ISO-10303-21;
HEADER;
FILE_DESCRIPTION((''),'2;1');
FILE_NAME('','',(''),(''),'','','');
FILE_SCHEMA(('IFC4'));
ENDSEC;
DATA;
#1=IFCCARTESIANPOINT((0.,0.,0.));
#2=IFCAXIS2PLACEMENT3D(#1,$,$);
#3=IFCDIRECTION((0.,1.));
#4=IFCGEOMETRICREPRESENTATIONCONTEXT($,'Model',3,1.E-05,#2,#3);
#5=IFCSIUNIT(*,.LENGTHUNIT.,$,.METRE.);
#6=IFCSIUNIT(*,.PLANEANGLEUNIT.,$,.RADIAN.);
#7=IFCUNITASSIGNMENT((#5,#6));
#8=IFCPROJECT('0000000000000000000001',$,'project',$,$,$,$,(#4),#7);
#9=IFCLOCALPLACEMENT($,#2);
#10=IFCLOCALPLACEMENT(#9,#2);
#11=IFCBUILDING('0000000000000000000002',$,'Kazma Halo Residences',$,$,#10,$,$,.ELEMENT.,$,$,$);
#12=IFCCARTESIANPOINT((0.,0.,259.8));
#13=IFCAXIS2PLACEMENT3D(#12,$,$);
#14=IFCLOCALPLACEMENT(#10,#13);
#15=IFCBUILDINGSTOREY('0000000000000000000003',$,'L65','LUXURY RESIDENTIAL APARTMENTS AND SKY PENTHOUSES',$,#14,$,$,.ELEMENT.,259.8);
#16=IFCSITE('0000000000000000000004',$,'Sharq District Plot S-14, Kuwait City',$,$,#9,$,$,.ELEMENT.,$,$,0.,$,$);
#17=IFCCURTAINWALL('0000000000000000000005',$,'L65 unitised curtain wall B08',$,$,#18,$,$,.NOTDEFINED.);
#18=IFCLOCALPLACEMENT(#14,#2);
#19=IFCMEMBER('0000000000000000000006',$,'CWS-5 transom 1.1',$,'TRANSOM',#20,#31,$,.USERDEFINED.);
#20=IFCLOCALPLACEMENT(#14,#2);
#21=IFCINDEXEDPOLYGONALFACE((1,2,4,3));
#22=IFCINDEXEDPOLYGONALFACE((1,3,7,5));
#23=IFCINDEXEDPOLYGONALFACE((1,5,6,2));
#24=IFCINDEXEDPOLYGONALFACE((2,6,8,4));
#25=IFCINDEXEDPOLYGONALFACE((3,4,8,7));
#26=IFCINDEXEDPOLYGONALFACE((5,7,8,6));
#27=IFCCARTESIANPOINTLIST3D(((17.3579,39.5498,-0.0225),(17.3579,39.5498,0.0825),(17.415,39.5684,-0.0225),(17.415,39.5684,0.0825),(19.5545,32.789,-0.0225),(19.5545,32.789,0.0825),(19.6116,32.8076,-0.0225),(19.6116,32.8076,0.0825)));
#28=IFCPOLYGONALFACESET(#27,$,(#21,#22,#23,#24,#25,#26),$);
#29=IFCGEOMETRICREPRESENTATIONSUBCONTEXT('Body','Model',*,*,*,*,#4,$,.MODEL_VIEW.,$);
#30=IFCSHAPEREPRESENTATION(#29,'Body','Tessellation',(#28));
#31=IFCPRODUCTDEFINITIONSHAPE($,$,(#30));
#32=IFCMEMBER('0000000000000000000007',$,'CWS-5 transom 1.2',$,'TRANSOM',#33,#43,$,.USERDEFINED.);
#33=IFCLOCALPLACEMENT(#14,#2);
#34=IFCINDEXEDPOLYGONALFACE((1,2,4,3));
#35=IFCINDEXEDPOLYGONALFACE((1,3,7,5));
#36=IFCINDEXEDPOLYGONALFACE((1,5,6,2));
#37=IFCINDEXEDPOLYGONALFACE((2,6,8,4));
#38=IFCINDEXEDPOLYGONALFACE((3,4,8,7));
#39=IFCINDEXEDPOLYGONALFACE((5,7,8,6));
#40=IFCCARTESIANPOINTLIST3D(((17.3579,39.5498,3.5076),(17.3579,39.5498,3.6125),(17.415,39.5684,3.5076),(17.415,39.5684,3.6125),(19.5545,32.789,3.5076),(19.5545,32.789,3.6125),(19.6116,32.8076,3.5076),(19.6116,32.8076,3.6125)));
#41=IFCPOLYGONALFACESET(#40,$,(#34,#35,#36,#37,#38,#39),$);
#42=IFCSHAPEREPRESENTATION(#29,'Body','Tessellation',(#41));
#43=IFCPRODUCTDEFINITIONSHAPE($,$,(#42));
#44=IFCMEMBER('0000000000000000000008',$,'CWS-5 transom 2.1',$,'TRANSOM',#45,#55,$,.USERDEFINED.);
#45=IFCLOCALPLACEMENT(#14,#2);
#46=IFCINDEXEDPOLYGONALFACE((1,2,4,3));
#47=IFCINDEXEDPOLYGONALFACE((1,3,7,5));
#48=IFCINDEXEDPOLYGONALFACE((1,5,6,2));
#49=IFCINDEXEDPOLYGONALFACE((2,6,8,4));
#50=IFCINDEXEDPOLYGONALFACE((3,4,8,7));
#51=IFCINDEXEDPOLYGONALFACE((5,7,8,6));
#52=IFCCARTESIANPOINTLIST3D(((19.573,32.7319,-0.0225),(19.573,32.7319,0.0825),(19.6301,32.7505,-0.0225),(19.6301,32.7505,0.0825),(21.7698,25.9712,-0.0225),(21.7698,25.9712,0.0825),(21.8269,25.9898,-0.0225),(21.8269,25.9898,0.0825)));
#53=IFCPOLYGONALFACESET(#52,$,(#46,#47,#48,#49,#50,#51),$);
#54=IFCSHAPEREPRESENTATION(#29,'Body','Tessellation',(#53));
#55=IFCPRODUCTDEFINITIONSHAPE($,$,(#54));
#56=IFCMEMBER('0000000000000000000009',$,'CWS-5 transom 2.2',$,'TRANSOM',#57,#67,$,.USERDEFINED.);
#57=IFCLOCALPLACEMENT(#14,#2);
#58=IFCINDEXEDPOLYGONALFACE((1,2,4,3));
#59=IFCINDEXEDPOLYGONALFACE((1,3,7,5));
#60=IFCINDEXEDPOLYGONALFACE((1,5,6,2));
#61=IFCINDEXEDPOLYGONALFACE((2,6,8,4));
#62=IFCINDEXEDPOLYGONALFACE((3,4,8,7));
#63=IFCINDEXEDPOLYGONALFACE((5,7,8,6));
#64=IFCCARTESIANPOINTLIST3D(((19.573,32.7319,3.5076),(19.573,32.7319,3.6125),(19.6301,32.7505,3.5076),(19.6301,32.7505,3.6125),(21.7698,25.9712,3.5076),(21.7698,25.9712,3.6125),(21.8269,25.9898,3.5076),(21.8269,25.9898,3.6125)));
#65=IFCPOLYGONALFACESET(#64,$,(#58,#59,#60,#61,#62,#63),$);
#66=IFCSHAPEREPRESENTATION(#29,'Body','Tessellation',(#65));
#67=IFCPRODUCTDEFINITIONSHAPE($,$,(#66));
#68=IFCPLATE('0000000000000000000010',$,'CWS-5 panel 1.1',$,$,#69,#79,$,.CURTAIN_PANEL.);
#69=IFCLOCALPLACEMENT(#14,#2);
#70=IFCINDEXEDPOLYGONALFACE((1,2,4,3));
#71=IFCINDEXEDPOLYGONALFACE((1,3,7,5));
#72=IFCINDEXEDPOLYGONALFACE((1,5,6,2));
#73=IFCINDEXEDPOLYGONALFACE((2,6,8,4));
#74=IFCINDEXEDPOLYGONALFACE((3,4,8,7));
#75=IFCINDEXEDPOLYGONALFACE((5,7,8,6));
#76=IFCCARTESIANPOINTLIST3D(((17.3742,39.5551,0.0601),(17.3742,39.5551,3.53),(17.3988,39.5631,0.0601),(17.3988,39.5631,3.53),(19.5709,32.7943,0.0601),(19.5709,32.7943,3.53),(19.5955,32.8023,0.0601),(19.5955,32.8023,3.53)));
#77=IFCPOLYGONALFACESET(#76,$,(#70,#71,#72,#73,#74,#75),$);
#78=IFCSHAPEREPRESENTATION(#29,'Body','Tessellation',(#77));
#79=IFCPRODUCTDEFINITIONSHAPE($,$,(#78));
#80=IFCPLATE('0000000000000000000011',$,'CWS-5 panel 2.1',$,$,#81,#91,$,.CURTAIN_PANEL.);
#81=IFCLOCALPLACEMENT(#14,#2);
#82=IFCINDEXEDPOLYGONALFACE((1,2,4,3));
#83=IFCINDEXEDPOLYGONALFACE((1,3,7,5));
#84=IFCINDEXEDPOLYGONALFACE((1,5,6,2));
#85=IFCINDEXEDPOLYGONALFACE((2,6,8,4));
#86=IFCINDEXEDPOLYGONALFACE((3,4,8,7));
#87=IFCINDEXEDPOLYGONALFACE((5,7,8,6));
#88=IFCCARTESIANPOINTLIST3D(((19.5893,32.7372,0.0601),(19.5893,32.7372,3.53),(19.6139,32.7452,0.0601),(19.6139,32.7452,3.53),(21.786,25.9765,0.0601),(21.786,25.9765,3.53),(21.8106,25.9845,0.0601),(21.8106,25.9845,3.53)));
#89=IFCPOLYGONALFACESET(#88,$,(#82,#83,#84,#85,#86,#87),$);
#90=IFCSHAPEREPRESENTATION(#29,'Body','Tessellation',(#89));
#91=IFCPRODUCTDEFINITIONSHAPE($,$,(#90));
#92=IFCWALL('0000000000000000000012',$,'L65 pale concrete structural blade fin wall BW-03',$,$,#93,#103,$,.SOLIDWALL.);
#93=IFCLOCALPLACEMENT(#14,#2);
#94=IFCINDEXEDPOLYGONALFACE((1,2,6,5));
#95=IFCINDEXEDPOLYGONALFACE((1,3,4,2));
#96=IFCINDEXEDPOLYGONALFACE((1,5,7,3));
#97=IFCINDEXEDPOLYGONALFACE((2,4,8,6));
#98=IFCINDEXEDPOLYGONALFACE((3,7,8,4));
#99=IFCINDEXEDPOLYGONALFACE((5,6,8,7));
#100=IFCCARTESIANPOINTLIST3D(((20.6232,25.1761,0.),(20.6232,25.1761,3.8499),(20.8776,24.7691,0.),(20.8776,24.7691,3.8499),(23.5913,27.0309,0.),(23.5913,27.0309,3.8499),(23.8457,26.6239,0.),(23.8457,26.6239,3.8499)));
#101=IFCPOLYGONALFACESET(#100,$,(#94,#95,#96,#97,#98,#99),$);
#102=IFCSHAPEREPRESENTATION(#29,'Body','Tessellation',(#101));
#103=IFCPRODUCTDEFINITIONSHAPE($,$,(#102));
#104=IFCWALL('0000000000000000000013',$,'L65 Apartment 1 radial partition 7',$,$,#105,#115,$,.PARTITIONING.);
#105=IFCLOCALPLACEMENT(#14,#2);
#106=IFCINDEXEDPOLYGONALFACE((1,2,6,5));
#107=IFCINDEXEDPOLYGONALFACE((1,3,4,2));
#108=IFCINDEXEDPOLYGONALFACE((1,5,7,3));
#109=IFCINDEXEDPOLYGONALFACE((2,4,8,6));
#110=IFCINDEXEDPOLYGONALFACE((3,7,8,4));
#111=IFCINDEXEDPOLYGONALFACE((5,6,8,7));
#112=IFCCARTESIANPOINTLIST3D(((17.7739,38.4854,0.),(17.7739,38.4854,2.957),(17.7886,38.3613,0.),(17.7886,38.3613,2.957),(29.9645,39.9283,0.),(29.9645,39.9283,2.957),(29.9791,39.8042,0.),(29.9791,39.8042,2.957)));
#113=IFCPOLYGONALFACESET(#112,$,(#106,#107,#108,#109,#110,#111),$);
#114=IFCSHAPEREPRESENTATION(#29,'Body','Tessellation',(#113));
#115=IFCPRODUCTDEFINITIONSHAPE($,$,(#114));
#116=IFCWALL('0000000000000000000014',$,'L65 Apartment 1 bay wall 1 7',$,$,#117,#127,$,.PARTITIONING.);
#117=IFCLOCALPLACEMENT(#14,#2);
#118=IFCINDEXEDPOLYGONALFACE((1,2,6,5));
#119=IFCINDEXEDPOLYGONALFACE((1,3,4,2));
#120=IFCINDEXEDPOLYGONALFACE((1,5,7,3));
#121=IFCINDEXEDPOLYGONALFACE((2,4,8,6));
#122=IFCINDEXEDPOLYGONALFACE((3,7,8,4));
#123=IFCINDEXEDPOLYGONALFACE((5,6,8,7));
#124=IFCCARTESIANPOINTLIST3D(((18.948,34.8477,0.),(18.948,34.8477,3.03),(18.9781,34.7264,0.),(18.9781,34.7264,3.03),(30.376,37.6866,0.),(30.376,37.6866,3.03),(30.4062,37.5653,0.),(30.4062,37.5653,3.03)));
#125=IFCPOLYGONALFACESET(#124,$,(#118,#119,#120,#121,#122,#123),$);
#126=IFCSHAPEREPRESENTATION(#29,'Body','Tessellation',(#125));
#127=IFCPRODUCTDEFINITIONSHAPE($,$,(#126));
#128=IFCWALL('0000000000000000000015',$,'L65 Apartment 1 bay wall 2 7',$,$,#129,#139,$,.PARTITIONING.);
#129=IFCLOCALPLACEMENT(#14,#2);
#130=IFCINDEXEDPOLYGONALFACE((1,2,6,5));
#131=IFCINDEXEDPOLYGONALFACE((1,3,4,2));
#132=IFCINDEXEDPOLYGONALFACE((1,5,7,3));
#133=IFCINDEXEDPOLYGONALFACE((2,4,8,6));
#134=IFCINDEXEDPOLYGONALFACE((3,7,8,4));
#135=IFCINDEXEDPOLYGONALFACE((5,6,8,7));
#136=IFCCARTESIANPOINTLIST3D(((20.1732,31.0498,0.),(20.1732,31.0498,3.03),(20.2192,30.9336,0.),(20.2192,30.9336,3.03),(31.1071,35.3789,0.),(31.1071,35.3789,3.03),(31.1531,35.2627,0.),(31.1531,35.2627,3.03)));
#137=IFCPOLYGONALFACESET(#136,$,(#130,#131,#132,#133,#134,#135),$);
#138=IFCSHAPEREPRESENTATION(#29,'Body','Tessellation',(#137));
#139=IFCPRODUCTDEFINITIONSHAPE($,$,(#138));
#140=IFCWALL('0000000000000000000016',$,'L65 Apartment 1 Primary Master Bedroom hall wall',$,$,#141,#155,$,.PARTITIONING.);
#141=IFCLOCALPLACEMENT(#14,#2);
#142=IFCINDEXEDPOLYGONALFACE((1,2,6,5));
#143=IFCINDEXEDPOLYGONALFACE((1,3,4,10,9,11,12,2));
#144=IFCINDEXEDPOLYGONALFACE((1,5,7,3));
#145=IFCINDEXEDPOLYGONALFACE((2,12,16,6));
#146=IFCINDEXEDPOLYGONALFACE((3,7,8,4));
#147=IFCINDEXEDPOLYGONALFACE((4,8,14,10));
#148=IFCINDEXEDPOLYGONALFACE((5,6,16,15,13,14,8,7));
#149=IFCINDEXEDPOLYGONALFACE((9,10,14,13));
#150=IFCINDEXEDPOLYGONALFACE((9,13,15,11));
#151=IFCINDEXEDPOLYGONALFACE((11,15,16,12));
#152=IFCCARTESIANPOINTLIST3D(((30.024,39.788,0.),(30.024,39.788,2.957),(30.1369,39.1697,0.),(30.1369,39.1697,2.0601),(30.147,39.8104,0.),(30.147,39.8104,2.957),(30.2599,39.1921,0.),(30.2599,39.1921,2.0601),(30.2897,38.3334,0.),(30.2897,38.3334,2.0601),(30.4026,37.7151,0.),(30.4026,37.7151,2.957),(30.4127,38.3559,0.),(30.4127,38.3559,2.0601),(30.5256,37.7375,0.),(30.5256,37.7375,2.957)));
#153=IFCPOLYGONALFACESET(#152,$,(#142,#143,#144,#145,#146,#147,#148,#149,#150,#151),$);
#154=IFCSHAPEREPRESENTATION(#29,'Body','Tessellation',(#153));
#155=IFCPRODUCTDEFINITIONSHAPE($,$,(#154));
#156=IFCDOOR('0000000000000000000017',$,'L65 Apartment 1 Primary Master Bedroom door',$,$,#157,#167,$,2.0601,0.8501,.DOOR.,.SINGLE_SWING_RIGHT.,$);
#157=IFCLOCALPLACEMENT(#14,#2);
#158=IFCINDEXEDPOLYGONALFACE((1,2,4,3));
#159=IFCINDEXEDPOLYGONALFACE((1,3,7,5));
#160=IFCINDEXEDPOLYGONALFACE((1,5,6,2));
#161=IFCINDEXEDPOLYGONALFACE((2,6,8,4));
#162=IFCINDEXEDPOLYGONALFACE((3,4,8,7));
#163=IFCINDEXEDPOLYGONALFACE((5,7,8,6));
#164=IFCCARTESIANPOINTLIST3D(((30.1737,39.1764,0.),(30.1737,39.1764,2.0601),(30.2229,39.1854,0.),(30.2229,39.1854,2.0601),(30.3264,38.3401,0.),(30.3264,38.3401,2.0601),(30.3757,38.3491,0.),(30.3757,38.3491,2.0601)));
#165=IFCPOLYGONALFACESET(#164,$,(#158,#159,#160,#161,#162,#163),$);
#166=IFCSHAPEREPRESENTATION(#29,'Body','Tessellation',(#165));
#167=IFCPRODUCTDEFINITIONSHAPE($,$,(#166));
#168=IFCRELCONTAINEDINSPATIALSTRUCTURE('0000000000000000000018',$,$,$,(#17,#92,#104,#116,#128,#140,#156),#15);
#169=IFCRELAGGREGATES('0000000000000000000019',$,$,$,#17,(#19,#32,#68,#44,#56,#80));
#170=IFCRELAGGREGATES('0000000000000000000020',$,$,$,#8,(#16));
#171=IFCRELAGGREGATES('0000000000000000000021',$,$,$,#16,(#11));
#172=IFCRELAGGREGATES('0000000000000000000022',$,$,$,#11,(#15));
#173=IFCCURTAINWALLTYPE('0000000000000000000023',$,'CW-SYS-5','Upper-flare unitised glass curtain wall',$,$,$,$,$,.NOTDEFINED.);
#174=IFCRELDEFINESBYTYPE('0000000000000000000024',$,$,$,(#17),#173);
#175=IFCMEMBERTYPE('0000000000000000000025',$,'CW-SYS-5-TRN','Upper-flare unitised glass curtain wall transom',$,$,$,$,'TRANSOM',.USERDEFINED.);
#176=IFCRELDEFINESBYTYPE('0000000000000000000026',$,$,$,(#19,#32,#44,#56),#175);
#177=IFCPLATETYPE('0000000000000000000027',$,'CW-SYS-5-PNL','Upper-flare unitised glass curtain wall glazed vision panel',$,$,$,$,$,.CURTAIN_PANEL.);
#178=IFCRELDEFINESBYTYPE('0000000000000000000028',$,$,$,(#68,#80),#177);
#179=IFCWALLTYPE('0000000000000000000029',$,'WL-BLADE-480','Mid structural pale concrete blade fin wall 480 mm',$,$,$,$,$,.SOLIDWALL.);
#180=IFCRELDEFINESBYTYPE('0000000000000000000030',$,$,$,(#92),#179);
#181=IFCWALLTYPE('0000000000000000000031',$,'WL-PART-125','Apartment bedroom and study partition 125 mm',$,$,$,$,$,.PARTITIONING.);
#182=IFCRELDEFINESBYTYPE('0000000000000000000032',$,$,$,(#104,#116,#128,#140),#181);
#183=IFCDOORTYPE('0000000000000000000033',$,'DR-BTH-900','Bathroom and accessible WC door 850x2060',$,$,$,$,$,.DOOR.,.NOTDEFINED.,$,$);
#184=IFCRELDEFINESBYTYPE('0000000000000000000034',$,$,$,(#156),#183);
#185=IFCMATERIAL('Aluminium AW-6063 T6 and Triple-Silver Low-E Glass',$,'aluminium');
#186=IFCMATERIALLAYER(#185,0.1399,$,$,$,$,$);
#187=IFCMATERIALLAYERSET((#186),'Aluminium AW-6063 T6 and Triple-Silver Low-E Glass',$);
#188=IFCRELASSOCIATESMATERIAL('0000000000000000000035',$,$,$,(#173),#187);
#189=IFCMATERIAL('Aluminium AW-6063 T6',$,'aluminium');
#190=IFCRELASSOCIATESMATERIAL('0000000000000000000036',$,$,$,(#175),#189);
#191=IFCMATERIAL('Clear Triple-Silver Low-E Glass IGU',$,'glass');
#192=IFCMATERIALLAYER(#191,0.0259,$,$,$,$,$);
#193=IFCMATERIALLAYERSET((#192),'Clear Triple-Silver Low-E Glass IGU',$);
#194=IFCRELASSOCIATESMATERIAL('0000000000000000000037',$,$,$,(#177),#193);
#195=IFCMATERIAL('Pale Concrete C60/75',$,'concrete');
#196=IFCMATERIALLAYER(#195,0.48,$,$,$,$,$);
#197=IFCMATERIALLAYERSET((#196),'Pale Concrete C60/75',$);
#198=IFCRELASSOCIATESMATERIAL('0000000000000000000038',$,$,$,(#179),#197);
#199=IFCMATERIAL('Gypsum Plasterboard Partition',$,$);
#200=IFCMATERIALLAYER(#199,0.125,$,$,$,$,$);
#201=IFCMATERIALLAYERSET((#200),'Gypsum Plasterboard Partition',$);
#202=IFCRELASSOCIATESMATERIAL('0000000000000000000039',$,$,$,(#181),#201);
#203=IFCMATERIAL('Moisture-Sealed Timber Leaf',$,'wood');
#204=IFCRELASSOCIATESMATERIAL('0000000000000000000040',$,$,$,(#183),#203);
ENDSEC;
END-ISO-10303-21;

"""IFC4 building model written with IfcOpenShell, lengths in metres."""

from ifc_helpers import new_model, si_unit, direction, frame, frame_2d, origin, origin_2d, place, context, subcontext, project, spatial, rectangle, extrude, material, layer, layer_set, material_profile, profile_set, type_object, element, fill, aggregate, save


model = new_model("IFC4")

# Units and contexts
model_context = context("Model", 3, precision=1e-05, world=origin(), true_north=direction((0.0, 1.0)))
body_context = subcontext(model_context, "Body", "Model", "MODEL_VIEW")
ifc_project = project(units=[si_unit("LENGTHUNIT", "METRE"), si_unit("PLANEANGLEUNIT", "RADIAN")], contexts=[model_context])

# Site, building, storey
site_placement = place(None, origin())
site = spatial("IfcSite", under=ifc_project, at=site_placement, Name="Sharq District Plot S-14, Kuwait City", CompositionType="ELEMENT", RefElevation=0.0)
building_placement = place(site_placement, origin())
building = spatial("IfcBuilding", under=site, at=building_placement, Name="Kazma Halo Residences", CompositionType="ELEMENT")
storey_placement = place(building_placement, frame((0.0, 0.0, 259.8)))
storey = spatial("IfcBuildingStorey", under=building, at=storey_placement, Name="L65", Description="LUXURY RESIDENTIAL APARTMENTS AND SKY PENTHOUSES", CompositionType="ELEMENT", Elevation=259.8)

# Curtain wall, members, plates
ifc_material_1 = material(Name="Aluminium AW-6063 T6 and Triple-Silver Low-E Glass", Category="aluminium")
ifc_layer_1 = layer(ifc_material_1, 0.1399)
ifc_layer_set_1 = layer_set([ifc_layer_1], Name="Aluminium AW-6063 T6 and Triple-Silver Low-E Glass")
curtain_wall_type = type_object("IfcCurtainWallType", Name="CW-SYS-5", Description="Upper-flare unitised glass curtain wall", PredefinedType="NOTDEFINED", material=ifc_layer_set_1)
curtain_wall_placement = place(storey_placement, origin())
curtain_wall = element("IfcCurtainWall", 1, at=curtain_wall_placement, inside=storey, type_object=curtain_wall_type, Name="L65 unitised curtain wall B08", PredefinedType="NOTDEFINED")
ifc_material_2 = material(Name="Aluminium AW-6063 T6", Category="aluminium")
ifc_material_profile_1 = material_profile(ifc_material_2, rectangle(XDim=0.0601, YDim=0.105, at=origin_2d()), Name="CWT-60x105")
ifc_profile_set_1 = profile_set([ifc_material_profile_1], Name="Aluminium AW-6063 T6")
member_type_1 = type_object("IfcMemberType", Name="CW-SYS-5-TRN", Description="Upper-flare unitised glass curtain wall transom", ElementType="TRANSOM", PredefinedType="USERDEFINED", material=ifc_profile_set_1)
member_1_placement = place(storey_placement, frame((17.3865, 39.5591, 0.03), z_axis=(0.308996, -0.951063, 0.0), x_axis=(0.951063, 0.308996, 0.0)))
member_1 = element("IfcMember", 2, at=member_1_placement, type_object=member_type_1, Name="CWS-5 transom 1.1", ObjectType="TRANSOM", PredefinedType="USERDEFINED", context=body_context, shape_type="SweptSolid", body=[
    extrude(rectangle(XDim=0.0601, YDim=0.105, at=origin_2d()), origin(), (0.0, 0.0, 1.0), 7.1086),
])
member_2_placement = place(storey_placement, frame((17.3865, 39.5591, 3.5601), z_axis=(0.308996, -0.951063, 0.0), x_axis=(0.951063, 0.308996, 0.0)))
member_2 = element("IfcMember", 3, at=member_2_placement, type_object=member_type_1, Name="CWS-5 transom 1.2", ObjectType="TRANSOM", PredefinedType="USERDEFINED", context=body_context, shape_type="SweptSolid", body=[
    extrude(rectangle(XDim=0.0601, YDim=0.105, at=origin_2d()), origin(), (0.0, 0.0, 1.0), 7.1086),
])
member_3_placement = place(storey_placement, frame((19.6016, 32.7412, 0.03), z_axis=(0.309027, -0.951053, 0.0), x_axis=(0.951053, 0.309027, 0.0)))
member_3 = element("IfcMember", 4, at=member_3_placement, type_object=member_type_1, Name="CWS-5 transom 2.1", ObjectType="TRANSOM", PredefinedType="USERDEFINED", context=body_context, shape_type="SweptSolid", body=[
    extrude(rectangle(XDim=0.0601, YDim=0.105, at=origin_2d()), origin(), (0.0, 0.0, 1.0), 7.1086),
])
member_4_placement = place(storey_placement, frame((19.6016, 32.7412, 3.5601), z_axis=(0.309027, -0.951053, 0.0), x_axis=(0.951053, 0.309027, 0.0)))
member_4 = element("IfcMember", 5, at=member_4_placement, type_object=member_type_1, Name="CWS-5 transom 2.2", ObjectType="TRANSOM", PredefinedType="USERDEFINED", context=body_context, shape_type="SweptSolid", body=[
    extrude(rectangle(XDim=0.0601, YDim=0.105, at=origin_2d()), origin(), (0.0, 0.0, 1.0), 7.1086),
])
ifc_material_3 = material(Name="Clear Triple-Silver Low-E Glass IGU", Category="glass")
ifc_layer_2 = layer(ifc_material_3, 0.0259)
ifc_layer_set_2 = layer_set([ifc_layer_2], Name="Clear Triple-Silver Low-E Glass IGU")
plate_type = type_object("IfcPlateType", Name="CW-SYS-5-PNL", Description="Upper-flare unitised glass curtain wall glazed vision panel", PredefinedType="CURTAIN_PANEL", material=ifc_layer_set_2)
plate_1_placement = place(storey_placement, frame((18.4849, 36.1787, 0.0601), z_axis=(0.0, 0.0, 1.0), x_axis=(0.309011, -0.951058, 0.0)))
plate_1 = element("IfcPlate", 6, at=plate_1_placement, type_object=plate_type, Name="CWS-5 panel 1.1", PredefinedType="CURTAIN_PANEL", context=body_context, shape_type="SweptSolid", body=[
    extrude(rectangle(XDim=7.1086, YDim=0.0259, at=origin_2d()), origin(), (0.0, 0.0, 1.0), 3.47),
])
plate_2_placement = place(storey_placement, frame((20.7, 29.3608, 0.0601), z_axis=(0.0, 0.0, 1.0), x_axis=(0.309011, -0.951058, 0.0)))
plate_2 = element("IfcPlate", 7, at=plate_2_placement, type_object=plate_type, Name="CWS-5 panel 2.1", PredefinedType="CURTAIN_PANEL", context=body_context, shape_type="SweptSolid", body=[
    extrude(rectangle(XDim=7.1086, YDim=0.0259, at=origin_2d()), origin(), (0.0, 0.0, 1.0), 3.47),
])
aggregate(curtain_wall, [member_1, member_2, plate_1, member_3, member_4, plate_2])

# Walls
ifc_material_4 = material(Name="Pale Concrete C60/75", Category="concrete")
ifc_layer_3 = layer(ifc_material_4, 0.48)
ifc_layer_set_3 = layer_set([ifc_layer_3], Name="Pale Concrete C60/75")
wall_type_1 = type_object("IfcWallType", Name="WL-BLADE-480", Description="Mid structural pale concrete blade fin wall 480 mm", PredefinedType="SOLIDWALL", material=ifc_layer_set_3)
wall_1_placement = place(storey_placement, frame((23.7185, 26.8274, 0.0), z_axis=(0.0, 0.0, 1.0), x_axis=(-0.848034, -0.529943, 0.0)))
element("IfcWall", 8, at=wall_1_placement, inside=storey, type_object=wall_type_1, Name="L65 pale concrete structural blade fin wall BW-03", PredefinedType="SOLIDWALL", context=body_context, shape_type="SweptSolid", body=[
    extrude(rectangle(XDim=3.5, YDim=0.48, at=frame_2d((1.75, 0.0))), origin(), (0.0, 0.0, 1.0), 3.8499),
])
ifc_material_5 = material(Name="Gypsum Plasterboard Partition")
ifc_layer_4 = layer(ifc_material_5, 0.125)
ifc_layer_set_4 = layer_set([ifc_layer_4], Name="Gypsum Plasterboard Partition")
wall_type_2 = type_object("IfcWallType", Name="WL-PART-125", Description="Apartment bedroom and study partition 125 mm", PredefinedType="PARTITIONING", material=ifc_layer_set_4)
wall_2_placement = place(storey_placement, frame((29.9717, 39.8662, 0.0), z_axis=(0.0, 0.0, 1.0), x_axis=(-0.993068, -0.117541, 0.0)))
element("IfcWall", 9, at=wall_2_placement, inside=storey, type_object=wall_type_2, Name="L65 Apartment 1 radial partition 7", PredefinedType="PARTITIONING", context=body_context, shape_type="SweptSolid", body=[
    extrude(rectangle(XDim=12.2756, YDim=0.125, at=frame_2d((6.1377, 0.0))), origin(), (0.0, 0.0, 1.0), 2.957),
])
wall_3_placement = place(storey_placement, frame((30.3911, 37.626, 0.0), z_axis=(0.0, 0.0, 1.0), x_axis=(-0.970504, -0.241086, 0.0)))
element("IfcWall", 10, at=wall_3_placement, inside=storey, type_object=wall_type_2, Name="L65 Apartment 1 bay wall 1 7", PredefinedType="PARTITIONING", context=body_context, shape_type="SweptSolid", body=[
    extrude(rectangle(XDim=11.7754, YDim=0.125, at=frame_2d((5.8877, 0.0))), origin(), (0.0, 0.0, 1.0), 3.03),
])
wall_4_placement = place(storey_placement, frame((31.1301, 35.3208, 0.0), z_axis=(0.0, 0.0, 1.0), x_axis=(-0.929774, -0.368131, 0.0)))
element("IfcWall", 11, at=wall_4_placement, inside=storey, type_object=wall_type_2, Name="L65 Apartment 1 bay wall 2 7", PredefinedType="PARTITIONING", context=body_context, shape_type="SweptSolid", body=[
    extrude(rectangle(XDim=11.7598, YDim=0.125, at=frame_2d((5.8799, 0.0))), origin(), (0.0, 0.0, 1.0), 3.03),
])

# Wall, opening, door
wall_5_placement = place(storey_placement, frame((30.0854, 39.7993, 0.0), z_axis=(0.0, 0.0, 1.0), x_axis=(0.179691, -0.983723, 0.0)))
wall_5 = element("IfcWall", 12, at=wall_5_placement, inside=storey, type_object=wall_type_2, Name="L65 Apartment 1 Primary Master Bedroom hall wall", PredefinedType="PARTITIONING", context=body_context, shape_type="SweptSolid", body=[
    extrude(rectangle(XDim=2.1072, YDim=0.125, at=frame_2d((1.0537, 0.0))), origin(), (0.0, 0.0, 1.0), 2.957),
])
opening_1_placement = place(wall_5_placement, frame((0.6287, 0.0, 0.0)))
opening_1 = element("IfcOpeningElement", 13, at=opening_1_placement, cuts=wall_5, PredefinedType="OPENING", context=body_context, shape_type="SweptSolid", body=[
    extrude(rectangle(XDim=0.8501, YDim=2.0601, at=frame_2d((0.425, 1.03))), frame((0.0, 0.0725, 0.0), z_axis=(0.0, -1.0, 0.0), x_axis=(1.0, 0.0, 0.0)), (0.0, 0.0, 1.0), 0.145),
])
ifc_material_6 = material(Name="Moisture-Sealed Timber Leaf", Category="wood")
door_type = type_object("IfcDoorType", Name="DR-BTH-900", Description="Bathroom and accessible WC door 850x2060", OperationType="NOTDEFINED", PredefinedType="DOOR", material=ifc_material_6)
door_1_placement = place(opening_1_placement, origin())
door_1 = element("IfcDoor", 14, at=door_1_placement, inside=storey, type_object=door_type, Name="L65 Apartment 1 Primary Master Bedroom door", OperationType="SINGLE_SWING_RIGHT", OverallHeight=2.0601, OverallWidth=0.8501, PredefinedType="DOOR", context=body_context, shape_type="SweptSolid", body=[
    extrude(rectangle(XDim=0.8501, YDim=2.0601, at=frame_2d((0.425, 1.03))), frame((0.0, 0.0249, 0.0), z_axis=(0.0, -1.0, 0.0), x_axis=(1.0, 0.0, 0.0)), (0.0, 0.0, 1.0), 0.05),
])
fill(opening_1, door_1)

save(model, "model.ifc")
